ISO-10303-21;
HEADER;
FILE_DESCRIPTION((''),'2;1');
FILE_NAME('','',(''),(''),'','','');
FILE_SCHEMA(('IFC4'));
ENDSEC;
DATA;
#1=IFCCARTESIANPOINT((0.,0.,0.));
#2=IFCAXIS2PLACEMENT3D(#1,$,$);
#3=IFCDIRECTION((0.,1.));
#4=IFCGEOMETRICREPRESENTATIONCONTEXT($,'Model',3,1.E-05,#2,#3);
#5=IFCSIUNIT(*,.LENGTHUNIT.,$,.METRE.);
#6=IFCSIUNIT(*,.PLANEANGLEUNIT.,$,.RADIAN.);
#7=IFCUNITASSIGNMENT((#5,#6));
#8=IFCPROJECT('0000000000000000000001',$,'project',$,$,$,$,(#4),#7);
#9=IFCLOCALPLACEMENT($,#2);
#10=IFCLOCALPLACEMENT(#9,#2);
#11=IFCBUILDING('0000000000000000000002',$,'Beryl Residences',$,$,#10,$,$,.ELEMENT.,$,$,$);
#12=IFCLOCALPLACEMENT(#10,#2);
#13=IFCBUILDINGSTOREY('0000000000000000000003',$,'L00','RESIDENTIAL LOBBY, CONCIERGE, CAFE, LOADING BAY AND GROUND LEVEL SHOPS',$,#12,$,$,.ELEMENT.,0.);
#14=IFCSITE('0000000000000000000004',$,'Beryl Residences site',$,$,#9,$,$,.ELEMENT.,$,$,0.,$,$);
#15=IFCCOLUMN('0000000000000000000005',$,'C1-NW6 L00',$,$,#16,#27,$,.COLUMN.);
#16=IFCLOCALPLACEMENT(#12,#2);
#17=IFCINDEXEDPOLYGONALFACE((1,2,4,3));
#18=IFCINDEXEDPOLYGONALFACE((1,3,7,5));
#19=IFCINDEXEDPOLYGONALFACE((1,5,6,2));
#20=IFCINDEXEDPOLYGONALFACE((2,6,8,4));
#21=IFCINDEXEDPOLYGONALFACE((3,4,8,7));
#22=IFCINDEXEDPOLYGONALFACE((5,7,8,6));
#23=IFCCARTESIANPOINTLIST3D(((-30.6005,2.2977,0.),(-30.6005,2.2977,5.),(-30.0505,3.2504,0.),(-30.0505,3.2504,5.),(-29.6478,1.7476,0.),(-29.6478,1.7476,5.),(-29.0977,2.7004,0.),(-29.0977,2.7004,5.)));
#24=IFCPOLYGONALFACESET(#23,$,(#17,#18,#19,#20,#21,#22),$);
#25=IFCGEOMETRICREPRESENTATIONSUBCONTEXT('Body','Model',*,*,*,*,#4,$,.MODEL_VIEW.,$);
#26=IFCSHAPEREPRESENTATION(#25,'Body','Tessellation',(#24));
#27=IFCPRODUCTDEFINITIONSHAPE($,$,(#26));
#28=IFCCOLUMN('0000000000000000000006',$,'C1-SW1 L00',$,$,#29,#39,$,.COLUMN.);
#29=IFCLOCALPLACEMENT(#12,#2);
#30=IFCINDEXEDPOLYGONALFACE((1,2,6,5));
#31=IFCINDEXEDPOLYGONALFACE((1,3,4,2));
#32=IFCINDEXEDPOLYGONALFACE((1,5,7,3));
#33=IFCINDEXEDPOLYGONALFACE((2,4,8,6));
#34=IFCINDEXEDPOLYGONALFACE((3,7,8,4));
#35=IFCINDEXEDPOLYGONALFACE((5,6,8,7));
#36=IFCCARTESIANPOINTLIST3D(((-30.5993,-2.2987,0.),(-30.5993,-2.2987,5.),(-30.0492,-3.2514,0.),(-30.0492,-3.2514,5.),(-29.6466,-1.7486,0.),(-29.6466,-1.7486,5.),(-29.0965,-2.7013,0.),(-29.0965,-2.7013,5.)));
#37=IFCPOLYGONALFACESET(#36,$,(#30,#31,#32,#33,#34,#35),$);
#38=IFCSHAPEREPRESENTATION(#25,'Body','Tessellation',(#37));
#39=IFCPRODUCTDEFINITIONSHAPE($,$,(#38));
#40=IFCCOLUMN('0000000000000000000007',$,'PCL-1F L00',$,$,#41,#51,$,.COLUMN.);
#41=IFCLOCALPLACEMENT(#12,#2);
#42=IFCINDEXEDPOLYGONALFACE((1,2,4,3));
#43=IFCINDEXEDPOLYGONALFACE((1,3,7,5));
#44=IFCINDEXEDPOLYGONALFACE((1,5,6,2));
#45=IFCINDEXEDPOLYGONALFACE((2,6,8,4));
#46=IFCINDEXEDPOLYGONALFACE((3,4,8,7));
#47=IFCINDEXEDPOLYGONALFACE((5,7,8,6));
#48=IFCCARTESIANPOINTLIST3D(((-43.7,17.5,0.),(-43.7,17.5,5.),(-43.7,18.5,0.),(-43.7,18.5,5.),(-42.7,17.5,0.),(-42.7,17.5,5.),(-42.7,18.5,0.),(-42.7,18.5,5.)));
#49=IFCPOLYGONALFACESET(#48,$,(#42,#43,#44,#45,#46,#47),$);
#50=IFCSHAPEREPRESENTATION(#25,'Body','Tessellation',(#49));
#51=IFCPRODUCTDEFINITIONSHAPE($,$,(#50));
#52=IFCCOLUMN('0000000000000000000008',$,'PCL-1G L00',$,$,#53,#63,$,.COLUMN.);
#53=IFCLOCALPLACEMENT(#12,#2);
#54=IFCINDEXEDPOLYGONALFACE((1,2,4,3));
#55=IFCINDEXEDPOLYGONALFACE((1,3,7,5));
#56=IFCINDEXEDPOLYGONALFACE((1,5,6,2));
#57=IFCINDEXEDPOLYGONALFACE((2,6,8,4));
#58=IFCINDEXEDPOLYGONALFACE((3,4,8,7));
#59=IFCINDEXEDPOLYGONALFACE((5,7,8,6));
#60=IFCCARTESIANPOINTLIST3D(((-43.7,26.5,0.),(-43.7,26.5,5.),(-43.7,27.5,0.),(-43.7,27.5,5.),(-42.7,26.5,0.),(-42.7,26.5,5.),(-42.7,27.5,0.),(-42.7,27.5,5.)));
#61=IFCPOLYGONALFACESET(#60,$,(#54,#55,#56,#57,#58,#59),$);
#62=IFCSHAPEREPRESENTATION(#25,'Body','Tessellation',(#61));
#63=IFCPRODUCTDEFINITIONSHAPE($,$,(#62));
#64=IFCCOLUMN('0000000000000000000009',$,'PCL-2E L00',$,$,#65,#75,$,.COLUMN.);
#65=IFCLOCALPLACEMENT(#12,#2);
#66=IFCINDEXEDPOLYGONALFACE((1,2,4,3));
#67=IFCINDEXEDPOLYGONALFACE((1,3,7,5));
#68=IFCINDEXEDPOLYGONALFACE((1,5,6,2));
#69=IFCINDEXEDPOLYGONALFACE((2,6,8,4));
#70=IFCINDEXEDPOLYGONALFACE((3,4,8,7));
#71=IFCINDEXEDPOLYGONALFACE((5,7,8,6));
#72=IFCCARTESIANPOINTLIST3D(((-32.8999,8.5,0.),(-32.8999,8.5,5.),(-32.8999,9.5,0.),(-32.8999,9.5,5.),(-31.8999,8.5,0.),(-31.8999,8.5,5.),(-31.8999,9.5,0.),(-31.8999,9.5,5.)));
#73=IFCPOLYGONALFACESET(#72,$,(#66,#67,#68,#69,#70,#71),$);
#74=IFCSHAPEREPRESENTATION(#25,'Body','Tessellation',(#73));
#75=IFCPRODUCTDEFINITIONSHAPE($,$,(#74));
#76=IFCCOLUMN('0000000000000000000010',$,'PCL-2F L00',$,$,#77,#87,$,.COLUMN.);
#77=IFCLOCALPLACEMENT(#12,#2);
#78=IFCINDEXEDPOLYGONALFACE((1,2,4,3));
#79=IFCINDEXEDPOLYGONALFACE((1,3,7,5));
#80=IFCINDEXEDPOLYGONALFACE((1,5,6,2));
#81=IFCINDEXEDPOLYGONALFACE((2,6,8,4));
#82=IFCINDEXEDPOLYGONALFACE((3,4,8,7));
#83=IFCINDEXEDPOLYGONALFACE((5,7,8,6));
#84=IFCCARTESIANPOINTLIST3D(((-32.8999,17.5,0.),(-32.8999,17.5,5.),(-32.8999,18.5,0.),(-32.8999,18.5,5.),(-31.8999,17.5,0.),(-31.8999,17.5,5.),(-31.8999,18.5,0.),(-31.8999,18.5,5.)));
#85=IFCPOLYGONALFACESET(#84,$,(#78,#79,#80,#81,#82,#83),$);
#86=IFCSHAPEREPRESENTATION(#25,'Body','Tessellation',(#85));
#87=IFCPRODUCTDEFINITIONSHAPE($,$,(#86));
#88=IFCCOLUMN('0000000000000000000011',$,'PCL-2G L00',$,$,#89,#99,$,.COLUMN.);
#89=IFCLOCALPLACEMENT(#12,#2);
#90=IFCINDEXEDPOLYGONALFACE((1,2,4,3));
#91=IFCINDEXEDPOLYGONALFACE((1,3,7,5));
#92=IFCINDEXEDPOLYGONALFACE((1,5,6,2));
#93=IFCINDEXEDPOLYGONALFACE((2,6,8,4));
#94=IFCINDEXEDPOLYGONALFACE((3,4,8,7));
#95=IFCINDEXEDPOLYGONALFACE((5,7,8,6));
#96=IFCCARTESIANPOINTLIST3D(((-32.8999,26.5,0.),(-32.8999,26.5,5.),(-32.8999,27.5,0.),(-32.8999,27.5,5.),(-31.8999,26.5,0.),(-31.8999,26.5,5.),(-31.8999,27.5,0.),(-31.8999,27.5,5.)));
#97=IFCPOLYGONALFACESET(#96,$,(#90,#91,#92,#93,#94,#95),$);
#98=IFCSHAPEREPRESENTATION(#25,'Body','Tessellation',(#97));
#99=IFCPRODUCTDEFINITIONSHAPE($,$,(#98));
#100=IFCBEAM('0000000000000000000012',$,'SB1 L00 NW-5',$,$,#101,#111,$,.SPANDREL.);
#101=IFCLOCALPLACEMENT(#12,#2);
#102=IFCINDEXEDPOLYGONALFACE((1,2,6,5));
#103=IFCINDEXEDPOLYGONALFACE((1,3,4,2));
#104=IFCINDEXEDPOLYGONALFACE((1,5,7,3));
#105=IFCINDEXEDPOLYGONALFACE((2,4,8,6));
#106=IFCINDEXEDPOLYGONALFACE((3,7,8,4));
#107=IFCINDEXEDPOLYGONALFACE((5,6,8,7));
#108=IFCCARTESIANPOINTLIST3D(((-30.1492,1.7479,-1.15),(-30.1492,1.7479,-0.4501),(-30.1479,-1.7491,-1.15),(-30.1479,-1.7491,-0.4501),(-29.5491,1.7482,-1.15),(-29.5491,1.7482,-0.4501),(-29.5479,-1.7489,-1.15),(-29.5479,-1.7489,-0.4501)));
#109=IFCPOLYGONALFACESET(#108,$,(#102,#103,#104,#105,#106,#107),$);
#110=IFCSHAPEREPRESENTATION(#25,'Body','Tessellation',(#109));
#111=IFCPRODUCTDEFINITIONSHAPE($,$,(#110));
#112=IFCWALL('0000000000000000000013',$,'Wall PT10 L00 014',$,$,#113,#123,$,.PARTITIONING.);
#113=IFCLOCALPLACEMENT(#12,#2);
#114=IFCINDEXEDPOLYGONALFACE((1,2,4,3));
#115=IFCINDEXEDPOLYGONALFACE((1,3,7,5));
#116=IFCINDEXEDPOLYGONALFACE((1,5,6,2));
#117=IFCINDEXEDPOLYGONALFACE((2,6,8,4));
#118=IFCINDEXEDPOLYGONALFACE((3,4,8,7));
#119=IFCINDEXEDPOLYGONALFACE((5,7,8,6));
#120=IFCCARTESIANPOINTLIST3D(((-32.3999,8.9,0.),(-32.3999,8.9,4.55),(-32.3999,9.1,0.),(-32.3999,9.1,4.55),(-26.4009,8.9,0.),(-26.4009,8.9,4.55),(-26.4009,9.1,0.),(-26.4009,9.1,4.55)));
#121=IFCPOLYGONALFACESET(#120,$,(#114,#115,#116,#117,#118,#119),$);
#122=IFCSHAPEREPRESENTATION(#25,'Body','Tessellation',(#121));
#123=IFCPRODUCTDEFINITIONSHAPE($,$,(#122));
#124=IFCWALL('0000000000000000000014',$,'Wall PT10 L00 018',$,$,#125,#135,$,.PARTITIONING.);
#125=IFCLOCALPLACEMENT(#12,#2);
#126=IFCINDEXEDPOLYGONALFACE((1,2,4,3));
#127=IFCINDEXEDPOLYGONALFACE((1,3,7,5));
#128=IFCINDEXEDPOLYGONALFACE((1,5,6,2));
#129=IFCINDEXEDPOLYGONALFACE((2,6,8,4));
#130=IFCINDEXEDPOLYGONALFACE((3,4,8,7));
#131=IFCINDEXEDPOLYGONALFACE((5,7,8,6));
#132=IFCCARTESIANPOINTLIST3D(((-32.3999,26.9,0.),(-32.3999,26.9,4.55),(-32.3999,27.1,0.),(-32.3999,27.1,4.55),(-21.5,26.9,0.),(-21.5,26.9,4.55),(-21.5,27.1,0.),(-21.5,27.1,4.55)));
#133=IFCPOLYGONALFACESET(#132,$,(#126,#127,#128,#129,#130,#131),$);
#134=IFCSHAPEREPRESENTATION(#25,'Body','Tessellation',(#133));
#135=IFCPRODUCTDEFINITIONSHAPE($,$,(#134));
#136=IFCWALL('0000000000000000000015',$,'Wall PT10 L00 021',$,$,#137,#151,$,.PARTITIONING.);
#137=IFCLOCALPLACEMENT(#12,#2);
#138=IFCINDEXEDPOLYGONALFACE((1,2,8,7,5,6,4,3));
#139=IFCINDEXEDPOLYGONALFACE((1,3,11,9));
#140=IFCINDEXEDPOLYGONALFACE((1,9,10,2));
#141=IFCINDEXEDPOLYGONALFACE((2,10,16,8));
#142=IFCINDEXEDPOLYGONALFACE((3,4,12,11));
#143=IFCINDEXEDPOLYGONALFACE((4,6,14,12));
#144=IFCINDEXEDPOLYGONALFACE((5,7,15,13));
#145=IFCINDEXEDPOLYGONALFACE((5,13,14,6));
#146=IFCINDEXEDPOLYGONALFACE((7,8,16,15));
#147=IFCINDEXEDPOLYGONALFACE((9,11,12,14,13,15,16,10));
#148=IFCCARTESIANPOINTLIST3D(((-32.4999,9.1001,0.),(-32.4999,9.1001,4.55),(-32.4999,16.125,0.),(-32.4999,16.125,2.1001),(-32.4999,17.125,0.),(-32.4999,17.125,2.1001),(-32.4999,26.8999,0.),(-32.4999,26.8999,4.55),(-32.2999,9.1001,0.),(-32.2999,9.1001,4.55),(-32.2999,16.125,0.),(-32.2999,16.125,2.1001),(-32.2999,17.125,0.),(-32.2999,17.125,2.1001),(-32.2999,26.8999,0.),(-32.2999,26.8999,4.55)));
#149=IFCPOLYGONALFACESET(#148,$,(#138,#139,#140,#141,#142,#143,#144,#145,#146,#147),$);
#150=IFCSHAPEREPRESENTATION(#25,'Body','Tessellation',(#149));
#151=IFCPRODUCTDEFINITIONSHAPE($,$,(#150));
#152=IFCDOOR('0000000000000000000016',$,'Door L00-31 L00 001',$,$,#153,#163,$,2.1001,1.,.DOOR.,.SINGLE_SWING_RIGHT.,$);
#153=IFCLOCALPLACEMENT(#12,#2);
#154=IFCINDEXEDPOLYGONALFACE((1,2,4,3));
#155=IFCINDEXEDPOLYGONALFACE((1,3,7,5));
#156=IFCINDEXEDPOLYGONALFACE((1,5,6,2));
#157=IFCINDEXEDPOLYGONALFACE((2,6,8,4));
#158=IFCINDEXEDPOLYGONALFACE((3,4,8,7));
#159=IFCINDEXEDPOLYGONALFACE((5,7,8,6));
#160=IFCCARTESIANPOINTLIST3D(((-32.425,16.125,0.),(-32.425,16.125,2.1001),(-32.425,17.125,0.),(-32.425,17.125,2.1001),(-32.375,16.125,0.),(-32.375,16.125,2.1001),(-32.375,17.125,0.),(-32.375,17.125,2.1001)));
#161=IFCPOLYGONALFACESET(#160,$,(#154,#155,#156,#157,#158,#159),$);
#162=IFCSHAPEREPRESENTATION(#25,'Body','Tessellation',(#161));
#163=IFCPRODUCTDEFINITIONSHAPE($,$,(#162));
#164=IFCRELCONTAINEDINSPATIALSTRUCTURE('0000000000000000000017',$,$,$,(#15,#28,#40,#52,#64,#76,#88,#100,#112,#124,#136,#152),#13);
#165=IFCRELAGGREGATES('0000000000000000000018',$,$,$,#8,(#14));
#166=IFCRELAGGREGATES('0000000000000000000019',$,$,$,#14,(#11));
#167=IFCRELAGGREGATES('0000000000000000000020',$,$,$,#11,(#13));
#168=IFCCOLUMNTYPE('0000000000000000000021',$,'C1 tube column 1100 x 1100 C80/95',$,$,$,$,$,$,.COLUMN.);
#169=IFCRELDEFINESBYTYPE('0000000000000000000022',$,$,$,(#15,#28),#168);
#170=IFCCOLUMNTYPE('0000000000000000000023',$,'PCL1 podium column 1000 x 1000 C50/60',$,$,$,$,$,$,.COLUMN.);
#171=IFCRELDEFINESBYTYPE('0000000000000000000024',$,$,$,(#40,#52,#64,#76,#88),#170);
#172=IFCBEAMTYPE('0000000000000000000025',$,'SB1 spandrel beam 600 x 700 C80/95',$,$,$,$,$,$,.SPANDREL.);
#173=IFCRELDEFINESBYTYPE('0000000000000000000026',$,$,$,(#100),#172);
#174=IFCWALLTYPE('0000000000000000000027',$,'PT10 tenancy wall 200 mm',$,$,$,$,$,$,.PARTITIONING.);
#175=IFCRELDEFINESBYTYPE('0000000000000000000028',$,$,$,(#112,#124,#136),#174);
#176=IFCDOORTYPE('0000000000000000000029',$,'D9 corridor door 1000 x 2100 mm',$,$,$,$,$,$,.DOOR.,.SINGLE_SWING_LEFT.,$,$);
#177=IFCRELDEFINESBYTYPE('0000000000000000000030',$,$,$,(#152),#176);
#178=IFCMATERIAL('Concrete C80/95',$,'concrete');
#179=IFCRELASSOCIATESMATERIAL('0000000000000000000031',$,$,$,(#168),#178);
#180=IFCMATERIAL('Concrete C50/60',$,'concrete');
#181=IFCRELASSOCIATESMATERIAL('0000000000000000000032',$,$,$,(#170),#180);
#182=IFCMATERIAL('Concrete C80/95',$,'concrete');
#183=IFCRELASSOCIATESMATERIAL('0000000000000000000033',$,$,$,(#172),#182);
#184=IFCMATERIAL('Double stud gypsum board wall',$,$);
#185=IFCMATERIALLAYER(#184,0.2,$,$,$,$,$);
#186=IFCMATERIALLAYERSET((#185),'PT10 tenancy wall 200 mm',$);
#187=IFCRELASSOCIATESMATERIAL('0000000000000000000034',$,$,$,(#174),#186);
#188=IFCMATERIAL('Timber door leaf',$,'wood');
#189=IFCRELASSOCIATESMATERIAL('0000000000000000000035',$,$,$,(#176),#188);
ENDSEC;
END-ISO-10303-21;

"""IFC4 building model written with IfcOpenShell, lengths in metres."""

from ifc_helpers import new_model, si_unit, direction, frame, frame_2d, origin, origin_2d, place, context, subcontext, project, spatial, rectangle, extrude, material, layer, layer_set, material_profile, profile_set, type_object, element, fill, save


model = new_model("IFC4")

# Units and contexts
model_context = context("Model", 3, precision=1e-05, world=origin(), true_north=direction((0.0, 1.0)))
body_context = subcontext(model_context, "Body", "Model", "MODEL_VIEW")
ifc_project = project(units=[si_unit("LENGTHUNIT", "METRE"), si_unit("PLANEANGLEUNIT", "RADIAN")], contexts=[model_context])

# Site, building, storey
site_placement = place(None, origin())
site = spatial("IfcSite", under=ifc_project, at=site_placement, Name="Beryl Residences site", CompositionType="ELEMENT", RefElevation=0.0)
building_placement = place(site_placement, origin())
building = spatial("IfcBuilding", under=site, at=building_placement, Name="Beryl Residences", CompositionType="ELEMENT")
storey_placement = place(building_placement, origin())
storey = spatial("IfcBuildingStorey", under=building, at=storey_placement, Name="L00", Description="RESIDENTIAL LOBBY, CONCIERGE, CAFE, LOADING BAY AND GROUND LEVEL SHOPS", CompositionType="ELEMENT", Elevation=0.0)

# Columns
ifc_material_1 = material(Name="Concrete C80/95", Category="concrete")
ifc_material_profile_1 = material_profile(ifc_material_1, rectangle(XDim=1.1001, YDim=1.1001, at=origin_2d()))
ifc_profile_set_1 = profile_set([ifc_material_profile_1], Name="Concrete C80/95")
column_type_1 = type_object("IfcColumnType", Name="C1 tube column 1100 x 1100 C80/95", PredefinedType="COLUMN", material=ifc_profile_set_1)
for number, where, z_axis, x_axis, name in (
    (1, (-29.8491, 2.499, 0.0), (0.0, 0.0, 1.0), (-0.499985, -0.866034, 0.0), "C1-NW6 L00"),
    (2, (-29.8479, -2.5, 0.0), (0.0, 0.0, 1.0), (0.499985, -0.866034, 0.0), "C1-SW1 L00"),
):
    element("IfcColumn", number, at=place(storey_placement, frame(where, z_axis=z_axis, x_axis=x_axis)), inside=storey, type_object=column_type_1, Name=name, PredefinedType="COLUMN", context=body_context, shape_type="SweptSolid", body=[
        extrude(rectangle(XDim=1.1001, YDim=1.1001, at=origin_2d()), origin(), (0.0, 0.0, 1.0), 5.0),
    ])
ifc_material_2 = material(Name="Concrete C50/60", Category="concrete")
ifc_material_profile_2 = material_profile(ifc_material_2, rectangle(XDim=1.0, YDim=1.0, at=origin_2d()))
ifc_profile_set_2 = profile_set([ifc_material_profile_2], Name="Concrete C50/60")
column_type_2 = type_object("IfcColumnType", Name="PCL1 podium column 1000 x 1000 C50/60", PredefinedType="COLUMN", material=ifc_profile_set_2)
for number, where, z_axis, x_axis, name in (
    (3, (-43.2, 18.0, 0.0), (0.0, 0.0, 1.0), (1.0, 0.0, 0.0), "PCL-1F L00"),
    (4, (-43.2, 27.0, 0.0), (0.0, 0.0, 1.0), (1.0, 0.0, 0.0), "PCL-1G L00"),
    (5, (-32.3999, 9.0, 0.0), (0.0, 0.0, 1.0), (1.0, 0.0, 0.0), "PCL-2E L00"),
    (6, (-32.3999, 18.0, 0.0), (0.0, 0.0, 1.0), (1.0, 0.0, 0.0), "PCL-2F L00"),
    (7, (-32.3999, 27.0, 0.0), (0.0, 0.0, 1.0), (1.0, 0.0, 0.0), "PCL-2G L00"),
):
    element("IfcColumn", number, at=place(storey_placement, frame(where, z_axis=z_axis, x_axis=x_axis)), inside=storey, type_object=column_type_2, Name=name, PredefinedType="COLUMN", context=body_context, shape_type="SweptSolid", body=[
        extrude(rectangle(XDim=1.0, YDim=1.0, at=origin_2d()), origin(), (0.0, 0.0, 1.0), 5.0),
    ])

# Beam
ifc_material_3 = material(Name="Concrete C80/95", Category="concrete")
ifc_material_profile_3 = material_profile(ifc_material_3, rectangle(XDim=0.6001, YDim=0.7, at=origin_2d()))
ifc_profile_set_3 = profile_set([ifc_material_profile_3], Name="Concrete C80/95")
beam_type = type_object("IfcBeamType", Name="SB1 spandrel beam 600 x 700 C80/95", PredefinedType="SPANDREL", material=ifc_profile_set_3)
beam_placement = place(storey_placement, frame((-29.8491, 1.748, -0.8), z_axis=(0.000349, -1.0, 0.0), x_axis=(1.0, 0.000349, 0.0)))
element("IfcBeam", 8, at=beam_placement, inside=storey, type_object=beam_type, Name="SB1 L00 NW-5", PredefinedType="SPANDREL", context=body_context, shape_type="SweptSolid", body=[
    extrude(rectangle(XDim=0.6001, YDim=0.7, at=origin_2d()), origin(), (0.0, 0.0, 1.0), 3.4971),
])

# Walls
ifc_material_4 = material(Name="Double stud gypsum board wall")
ifc_layer_1 = layer(ifc_material_4, 0.2)
ifc_layer_set_1 = layer_set([ifc_layer_1], Name="PT10 tenancy wall 200 mm")
wall_type_1 = type_object("IfcWallType", Name="PT10 tenancy wall 200 mm", PredefinedType="PARTITIONING", material=ifc_layer_set_1)
wall_1_placement = place(storey_placement, frame((-32.3999, 9.0, 0.0), z_axis=(0.0, 0.0, 1.0), x_axis=(1.0, 0.0, 0.0)))
element("IfcWall", 9, at=wall_1_placement, inside=storey, type_object=wall_type_1, Name="Wall PT10 L00 014", PredefinedType="PARTITIONING", context=body_context, shape_type="SweptSolid", body=[
    extrude(rectangle(XDim=5.999, YDim=0.2, at=frame_2d((2.9995, 0.0))), origin(), (0.0, 0.0, 1.0), 4.55),
])
wall_2_placement = place(storey_placement, frame((-32.3999, 27.0, 0.0), z_axis=(0.0, 0.0, 1.0), x_axis=(1.0, 0.0, 0.0)))
element("IfcWall", 10, at=wall_2_placement, inside=storey, type_object=wall_type_1, Name="Wall PT10 L00 018", PredefinedType="PARTITIONING", context=body_context, shape_type="SweptSolid", body=[
    extrude(rectangle(XDim=10.8999, YDim=0.2, at=frame_2d((5.45, 0.0))), origin(), (0.0, 0.0, 1.0), 4.55),
])

# Wall, opening, door
wall_3_placement = place(storey_placement, frame((-32.3999, 9.1001, 0.0), z_axis=(0.0, 0.0, 1.0), x_axis=(0.0, 1.0, 0.0)))
wall_3 = element("IfcWall", 11, at=wall_3_placement, inside=storey, type_object=wall_type_1, Name="Wall PT10 L00 021", PredefinedType="PARTITIONING", context=body_context, shape_type="SweptSolid", body=[
    extrude(rectangle(XDim=17.7998, YDim=0.2, at=frame_2d((8.8999, 0.0))), origin(), (0.0, 0.0, 1.0), 4.55),
])
opening_1_placement = place(wall_3_placement, frame((8.0249, 0.0, 0.0), z_axis=(0.0, 0.0, 1.0), x_axis=(-1.0, 0.0, 0.0)))
opening_1 = element("IfcOpeningElement", 12, at=opening_1_placement, cuts=wall_3, PredefinedType="OPENING", context=body_context, shape_type="SweptSolid", body=[
    extrude(rectangle(XDim=1.0, YDim=2.1001, at=frame_2d((0.5, 1.05))), frame((0.0, 0.1099, 0.0), z_axis=(0.0, -1.0, 0.0), x_axis=(1.0, 0.0, 0.0)), (0.0, 0.0, 1.0), 0.22),
])
ifc_material_5 = material(Name="Timber door leaf", Category="wood")
door_type_1 = type_object("IfcDoorType", Name="D9 corridor door 1000 x 2100 mm", OperationType="SINGLE_SWING_LEFT", PredefinedType="DOOR", material=ifc_material_5)
door_1_placement = place(opening_1_placement, origin())
door_1 = element("IfcDoor", 13, at=door_1_placement, inside=storey, type_object=door_type_1, Name="Door L00-31 L00 001", OperationType="SINGLE_SWING_RIGHT", OverallHeight=2.1001, OverallWidth=1.0, PredefinedType="DOOR", context=body_context, shape_type="SweptSolid", body=[
    extrude(rectangle(XDim=1.0, YDim=2.1001, at=frame_2d((0.5, 1.05))), frame((0.0, 0.0249, 0.0), z_axis=(0.0, -1.0, 0.0), x_axis=(1.0, 0.0, 0.0)), (0.0, 0.0, 1.0), 0.05),
])
fill(opening_1, door_1)

save(model, "model.ifc")
